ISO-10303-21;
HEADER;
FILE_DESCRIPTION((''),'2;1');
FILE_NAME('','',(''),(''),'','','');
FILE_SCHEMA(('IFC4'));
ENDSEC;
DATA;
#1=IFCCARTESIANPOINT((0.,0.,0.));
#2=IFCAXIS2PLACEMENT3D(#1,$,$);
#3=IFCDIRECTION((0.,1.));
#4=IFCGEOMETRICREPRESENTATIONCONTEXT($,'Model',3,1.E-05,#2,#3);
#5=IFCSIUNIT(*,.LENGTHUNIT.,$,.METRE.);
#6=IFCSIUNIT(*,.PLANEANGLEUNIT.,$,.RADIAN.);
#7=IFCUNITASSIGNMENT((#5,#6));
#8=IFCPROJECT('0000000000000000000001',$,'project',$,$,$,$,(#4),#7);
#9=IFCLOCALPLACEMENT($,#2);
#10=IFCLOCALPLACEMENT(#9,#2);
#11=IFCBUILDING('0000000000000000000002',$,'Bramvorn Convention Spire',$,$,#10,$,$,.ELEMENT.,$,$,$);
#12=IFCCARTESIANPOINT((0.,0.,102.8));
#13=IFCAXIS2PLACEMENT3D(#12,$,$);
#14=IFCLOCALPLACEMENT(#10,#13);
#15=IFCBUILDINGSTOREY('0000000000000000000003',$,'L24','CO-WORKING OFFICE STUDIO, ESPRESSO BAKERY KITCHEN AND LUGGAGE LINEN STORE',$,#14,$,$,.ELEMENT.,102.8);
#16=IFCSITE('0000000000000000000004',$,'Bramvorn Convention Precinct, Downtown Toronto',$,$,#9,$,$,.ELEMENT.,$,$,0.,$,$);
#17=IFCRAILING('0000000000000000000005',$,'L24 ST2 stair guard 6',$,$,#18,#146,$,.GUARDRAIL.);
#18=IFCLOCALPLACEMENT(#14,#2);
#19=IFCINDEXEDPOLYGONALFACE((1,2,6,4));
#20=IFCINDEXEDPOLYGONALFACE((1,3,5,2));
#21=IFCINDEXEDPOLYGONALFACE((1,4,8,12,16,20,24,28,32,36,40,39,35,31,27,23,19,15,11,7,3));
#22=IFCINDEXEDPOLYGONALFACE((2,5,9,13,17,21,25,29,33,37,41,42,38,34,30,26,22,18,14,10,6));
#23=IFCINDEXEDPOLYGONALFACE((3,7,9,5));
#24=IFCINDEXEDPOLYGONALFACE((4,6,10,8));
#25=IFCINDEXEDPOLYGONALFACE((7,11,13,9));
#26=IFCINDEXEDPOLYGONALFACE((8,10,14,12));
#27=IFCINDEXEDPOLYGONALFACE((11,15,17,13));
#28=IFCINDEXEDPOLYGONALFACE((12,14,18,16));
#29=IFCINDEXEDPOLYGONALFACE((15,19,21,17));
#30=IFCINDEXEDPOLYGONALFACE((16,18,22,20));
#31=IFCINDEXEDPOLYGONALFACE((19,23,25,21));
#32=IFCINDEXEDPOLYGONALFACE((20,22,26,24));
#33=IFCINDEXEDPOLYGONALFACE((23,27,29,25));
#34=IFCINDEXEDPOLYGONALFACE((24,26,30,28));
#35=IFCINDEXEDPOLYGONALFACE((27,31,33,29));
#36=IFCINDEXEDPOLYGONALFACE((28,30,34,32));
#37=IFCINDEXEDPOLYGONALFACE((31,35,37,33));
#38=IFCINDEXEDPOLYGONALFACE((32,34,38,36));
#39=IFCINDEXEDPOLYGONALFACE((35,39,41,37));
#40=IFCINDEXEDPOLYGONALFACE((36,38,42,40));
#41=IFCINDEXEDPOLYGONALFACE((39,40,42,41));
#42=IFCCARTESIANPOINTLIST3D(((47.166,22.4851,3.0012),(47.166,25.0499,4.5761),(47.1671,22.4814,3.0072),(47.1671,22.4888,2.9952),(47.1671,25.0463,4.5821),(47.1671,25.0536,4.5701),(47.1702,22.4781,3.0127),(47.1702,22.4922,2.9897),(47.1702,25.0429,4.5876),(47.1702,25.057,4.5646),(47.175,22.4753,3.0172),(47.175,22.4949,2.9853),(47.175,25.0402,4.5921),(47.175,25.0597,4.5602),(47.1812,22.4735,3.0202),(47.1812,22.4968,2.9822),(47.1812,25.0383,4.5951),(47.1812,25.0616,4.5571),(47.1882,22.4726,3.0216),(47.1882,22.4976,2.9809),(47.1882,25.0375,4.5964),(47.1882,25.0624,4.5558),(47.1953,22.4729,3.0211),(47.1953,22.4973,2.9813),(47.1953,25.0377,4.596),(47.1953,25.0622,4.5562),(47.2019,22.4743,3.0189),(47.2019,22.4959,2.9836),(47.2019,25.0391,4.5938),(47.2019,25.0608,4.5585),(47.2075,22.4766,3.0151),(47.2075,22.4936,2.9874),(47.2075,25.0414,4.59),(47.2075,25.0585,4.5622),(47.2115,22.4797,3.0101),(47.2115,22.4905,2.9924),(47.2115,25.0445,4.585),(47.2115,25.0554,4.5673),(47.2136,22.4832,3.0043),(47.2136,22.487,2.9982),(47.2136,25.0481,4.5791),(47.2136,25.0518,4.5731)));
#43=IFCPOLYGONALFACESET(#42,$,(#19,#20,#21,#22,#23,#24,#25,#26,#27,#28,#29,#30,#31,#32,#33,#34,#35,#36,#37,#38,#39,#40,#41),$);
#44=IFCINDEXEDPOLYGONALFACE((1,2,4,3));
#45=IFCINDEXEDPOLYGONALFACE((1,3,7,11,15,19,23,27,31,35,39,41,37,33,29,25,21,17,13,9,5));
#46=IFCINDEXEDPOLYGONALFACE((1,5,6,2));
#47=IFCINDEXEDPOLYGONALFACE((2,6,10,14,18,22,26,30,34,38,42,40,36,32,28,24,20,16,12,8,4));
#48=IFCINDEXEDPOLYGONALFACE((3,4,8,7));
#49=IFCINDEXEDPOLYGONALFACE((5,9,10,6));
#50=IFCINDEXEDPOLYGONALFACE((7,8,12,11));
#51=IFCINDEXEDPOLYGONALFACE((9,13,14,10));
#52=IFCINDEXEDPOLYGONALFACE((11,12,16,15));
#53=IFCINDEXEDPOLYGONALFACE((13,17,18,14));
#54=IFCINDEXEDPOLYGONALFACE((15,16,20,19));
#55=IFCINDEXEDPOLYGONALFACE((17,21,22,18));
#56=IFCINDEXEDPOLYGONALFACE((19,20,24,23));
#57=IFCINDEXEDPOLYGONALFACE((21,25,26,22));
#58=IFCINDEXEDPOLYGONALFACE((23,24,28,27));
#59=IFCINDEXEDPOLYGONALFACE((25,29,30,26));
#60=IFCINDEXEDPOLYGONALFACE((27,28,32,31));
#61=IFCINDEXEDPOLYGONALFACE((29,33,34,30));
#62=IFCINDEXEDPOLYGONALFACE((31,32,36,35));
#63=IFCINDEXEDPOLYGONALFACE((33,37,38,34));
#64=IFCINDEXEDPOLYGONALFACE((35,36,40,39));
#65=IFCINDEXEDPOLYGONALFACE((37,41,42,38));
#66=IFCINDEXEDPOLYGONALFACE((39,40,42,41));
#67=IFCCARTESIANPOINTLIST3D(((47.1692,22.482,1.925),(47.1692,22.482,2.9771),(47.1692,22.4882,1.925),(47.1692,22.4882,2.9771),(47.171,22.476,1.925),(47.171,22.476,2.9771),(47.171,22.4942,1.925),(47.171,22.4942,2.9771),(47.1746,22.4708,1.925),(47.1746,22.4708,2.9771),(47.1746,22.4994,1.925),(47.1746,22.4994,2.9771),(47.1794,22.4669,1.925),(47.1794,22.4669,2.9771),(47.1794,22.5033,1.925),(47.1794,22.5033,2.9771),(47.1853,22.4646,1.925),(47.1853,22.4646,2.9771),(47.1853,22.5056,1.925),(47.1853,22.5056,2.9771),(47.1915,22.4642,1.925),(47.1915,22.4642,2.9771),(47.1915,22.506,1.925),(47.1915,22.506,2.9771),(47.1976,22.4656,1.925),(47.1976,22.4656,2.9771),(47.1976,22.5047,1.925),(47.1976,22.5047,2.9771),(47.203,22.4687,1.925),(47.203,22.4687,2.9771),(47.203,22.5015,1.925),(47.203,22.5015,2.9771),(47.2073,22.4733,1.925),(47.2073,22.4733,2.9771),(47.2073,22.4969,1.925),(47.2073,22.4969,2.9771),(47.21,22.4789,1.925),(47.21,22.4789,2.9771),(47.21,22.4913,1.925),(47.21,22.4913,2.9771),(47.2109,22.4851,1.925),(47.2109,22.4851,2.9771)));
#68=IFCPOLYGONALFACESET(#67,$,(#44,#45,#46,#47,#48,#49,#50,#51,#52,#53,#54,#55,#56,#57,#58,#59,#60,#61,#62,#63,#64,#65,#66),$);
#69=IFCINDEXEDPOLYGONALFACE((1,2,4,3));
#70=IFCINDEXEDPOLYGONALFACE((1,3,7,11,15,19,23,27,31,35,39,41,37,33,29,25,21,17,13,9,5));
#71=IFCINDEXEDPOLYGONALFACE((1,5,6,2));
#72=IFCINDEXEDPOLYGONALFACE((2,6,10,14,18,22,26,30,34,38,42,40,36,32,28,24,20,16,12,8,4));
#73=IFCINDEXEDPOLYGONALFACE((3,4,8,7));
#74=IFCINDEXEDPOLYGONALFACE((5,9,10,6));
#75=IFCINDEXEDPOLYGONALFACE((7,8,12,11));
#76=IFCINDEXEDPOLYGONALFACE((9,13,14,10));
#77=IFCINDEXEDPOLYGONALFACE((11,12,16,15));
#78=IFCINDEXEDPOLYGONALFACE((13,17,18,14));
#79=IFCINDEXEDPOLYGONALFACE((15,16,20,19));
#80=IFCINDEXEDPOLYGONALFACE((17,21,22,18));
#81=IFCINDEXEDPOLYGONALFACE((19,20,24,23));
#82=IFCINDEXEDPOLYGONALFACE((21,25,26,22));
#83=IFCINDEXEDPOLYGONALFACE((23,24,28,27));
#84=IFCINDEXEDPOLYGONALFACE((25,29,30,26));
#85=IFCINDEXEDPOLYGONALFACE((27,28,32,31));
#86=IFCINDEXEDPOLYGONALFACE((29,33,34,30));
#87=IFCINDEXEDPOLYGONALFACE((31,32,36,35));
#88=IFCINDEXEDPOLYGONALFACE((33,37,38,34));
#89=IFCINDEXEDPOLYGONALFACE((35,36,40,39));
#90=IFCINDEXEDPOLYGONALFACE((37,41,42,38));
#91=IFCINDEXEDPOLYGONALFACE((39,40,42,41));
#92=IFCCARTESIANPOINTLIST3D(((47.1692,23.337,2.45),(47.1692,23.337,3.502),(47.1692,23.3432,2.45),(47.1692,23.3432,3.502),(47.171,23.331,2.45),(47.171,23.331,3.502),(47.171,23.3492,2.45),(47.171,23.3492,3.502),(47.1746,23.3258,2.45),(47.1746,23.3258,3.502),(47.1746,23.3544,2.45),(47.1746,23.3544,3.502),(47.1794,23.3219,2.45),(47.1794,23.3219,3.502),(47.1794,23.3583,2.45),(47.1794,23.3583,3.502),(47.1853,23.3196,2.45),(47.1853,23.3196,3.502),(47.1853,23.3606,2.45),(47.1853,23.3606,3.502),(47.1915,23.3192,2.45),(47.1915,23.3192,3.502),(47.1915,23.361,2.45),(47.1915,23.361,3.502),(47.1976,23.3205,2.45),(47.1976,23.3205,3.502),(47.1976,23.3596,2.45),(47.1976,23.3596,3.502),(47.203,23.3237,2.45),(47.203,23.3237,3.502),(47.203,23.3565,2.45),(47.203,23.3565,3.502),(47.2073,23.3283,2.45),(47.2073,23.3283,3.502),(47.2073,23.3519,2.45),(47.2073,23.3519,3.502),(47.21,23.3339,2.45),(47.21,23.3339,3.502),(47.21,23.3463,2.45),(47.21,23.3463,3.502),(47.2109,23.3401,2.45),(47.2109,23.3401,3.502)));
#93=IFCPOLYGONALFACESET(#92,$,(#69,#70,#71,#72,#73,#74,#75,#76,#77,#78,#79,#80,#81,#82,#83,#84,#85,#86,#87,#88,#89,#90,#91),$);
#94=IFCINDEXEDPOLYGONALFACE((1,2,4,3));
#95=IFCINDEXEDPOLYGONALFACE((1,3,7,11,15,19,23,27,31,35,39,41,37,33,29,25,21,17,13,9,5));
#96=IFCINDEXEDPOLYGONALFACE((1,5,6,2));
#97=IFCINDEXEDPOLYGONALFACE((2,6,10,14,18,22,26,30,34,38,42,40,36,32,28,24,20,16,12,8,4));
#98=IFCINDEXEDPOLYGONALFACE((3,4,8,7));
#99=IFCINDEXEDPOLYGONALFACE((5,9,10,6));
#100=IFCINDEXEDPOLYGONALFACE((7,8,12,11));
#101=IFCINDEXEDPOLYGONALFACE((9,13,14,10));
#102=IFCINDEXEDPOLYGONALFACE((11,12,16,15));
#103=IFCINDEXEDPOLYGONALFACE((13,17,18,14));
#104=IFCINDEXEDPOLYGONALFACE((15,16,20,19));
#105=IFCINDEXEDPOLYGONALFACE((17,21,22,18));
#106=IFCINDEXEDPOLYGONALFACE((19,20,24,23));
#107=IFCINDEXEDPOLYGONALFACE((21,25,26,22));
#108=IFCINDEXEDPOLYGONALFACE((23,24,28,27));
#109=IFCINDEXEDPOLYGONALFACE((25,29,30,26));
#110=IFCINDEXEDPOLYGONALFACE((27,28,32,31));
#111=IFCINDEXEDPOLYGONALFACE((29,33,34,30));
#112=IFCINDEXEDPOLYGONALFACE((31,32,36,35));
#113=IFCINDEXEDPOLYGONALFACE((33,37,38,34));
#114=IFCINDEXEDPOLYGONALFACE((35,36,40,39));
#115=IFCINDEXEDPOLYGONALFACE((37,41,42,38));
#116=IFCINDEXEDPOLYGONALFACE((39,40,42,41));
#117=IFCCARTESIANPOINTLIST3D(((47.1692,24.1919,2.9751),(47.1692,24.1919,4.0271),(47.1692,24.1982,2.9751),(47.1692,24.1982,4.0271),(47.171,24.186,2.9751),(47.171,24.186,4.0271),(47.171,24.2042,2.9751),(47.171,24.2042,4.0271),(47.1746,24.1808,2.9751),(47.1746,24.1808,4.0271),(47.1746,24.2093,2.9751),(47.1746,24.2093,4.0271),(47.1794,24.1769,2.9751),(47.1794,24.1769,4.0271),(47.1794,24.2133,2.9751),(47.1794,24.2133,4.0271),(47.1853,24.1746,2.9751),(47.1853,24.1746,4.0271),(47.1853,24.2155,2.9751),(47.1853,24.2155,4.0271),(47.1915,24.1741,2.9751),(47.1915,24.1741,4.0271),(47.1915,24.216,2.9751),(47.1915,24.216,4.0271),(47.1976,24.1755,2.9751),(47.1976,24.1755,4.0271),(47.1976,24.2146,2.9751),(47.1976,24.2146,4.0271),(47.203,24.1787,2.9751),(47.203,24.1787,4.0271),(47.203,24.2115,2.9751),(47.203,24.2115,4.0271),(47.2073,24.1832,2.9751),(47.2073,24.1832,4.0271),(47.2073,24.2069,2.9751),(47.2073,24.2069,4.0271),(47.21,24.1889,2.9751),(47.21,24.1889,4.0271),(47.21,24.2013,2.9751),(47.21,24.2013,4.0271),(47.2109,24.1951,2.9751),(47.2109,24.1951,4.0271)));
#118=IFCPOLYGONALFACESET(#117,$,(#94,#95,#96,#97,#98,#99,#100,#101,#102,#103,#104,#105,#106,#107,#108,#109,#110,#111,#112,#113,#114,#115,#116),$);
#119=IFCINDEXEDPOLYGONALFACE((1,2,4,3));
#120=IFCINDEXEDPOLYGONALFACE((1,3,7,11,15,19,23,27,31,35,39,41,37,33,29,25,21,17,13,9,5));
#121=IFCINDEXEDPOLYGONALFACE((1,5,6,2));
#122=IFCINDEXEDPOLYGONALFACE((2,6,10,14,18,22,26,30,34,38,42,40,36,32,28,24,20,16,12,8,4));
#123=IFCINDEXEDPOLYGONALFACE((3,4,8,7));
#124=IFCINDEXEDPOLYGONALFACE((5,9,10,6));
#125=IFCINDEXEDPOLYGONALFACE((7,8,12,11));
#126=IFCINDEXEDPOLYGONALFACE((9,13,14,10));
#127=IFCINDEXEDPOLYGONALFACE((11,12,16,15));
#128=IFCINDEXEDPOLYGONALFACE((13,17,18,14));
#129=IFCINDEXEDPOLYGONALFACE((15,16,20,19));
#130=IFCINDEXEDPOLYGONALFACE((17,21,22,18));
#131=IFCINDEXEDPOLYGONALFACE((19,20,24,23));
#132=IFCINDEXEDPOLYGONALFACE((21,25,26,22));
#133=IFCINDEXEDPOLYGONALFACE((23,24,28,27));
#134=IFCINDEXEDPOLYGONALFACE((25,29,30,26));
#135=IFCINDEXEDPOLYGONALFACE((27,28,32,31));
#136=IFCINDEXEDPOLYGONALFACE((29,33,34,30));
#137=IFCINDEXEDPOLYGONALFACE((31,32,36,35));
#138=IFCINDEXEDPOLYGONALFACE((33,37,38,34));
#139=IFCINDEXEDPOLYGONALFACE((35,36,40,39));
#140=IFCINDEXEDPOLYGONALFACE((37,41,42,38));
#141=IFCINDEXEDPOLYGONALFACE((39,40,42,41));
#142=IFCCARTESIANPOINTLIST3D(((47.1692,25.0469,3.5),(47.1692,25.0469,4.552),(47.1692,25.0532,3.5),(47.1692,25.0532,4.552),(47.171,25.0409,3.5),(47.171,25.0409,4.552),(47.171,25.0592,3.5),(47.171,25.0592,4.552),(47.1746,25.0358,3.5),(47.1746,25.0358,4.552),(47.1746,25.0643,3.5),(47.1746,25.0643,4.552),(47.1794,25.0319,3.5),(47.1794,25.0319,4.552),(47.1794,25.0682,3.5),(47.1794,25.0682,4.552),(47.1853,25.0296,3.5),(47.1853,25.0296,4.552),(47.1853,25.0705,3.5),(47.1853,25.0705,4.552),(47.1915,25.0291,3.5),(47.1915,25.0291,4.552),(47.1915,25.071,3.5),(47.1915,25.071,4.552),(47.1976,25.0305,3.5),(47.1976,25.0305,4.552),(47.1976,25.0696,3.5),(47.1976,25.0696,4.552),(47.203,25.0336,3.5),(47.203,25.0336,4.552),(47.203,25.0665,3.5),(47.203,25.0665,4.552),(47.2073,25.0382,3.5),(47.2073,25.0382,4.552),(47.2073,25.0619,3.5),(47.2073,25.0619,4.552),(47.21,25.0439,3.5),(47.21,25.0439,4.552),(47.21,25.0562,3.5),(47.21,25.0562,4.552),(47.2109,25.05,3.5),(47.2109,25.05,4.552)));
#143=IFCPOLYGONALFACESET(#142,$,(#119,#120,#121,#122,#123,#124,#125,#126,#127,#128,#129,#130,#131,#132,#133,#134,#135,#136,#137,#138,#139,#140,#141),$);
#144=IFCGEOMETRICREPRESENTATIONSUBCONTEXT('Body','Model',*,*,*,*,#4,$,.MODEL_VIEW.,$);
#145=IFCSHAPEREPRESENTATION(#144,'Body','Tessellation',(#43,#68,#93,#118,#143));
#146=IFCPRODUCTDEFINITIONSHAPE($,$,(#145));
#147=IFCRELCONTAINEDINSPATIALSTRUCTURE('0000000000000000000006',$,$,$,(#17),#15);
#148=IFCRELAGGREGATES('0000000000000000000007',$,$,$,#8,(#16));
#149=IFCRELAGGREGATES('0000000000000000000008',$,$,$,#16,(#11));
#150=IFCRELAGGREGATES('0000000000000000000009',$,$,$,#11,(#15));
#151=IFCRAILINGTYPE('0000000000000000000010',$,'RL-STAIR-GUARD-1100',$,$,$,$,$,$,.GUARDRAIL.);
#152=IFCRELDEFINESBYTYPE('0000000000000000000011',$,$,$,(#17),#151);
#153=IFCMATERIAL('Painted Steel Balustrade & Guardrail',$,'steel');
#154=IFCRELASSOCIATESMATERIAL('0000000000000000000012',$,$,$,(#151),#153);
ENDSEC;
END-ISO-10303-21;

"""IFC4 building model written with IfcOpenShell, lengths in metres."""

from ifc_helpers import new_model, si_unit, direction, frame, origin, origin_2d, place, context, subcontext, project, spatial, circle, extrude, material, type_object, element, save


model = new_model("IFC4")

# Units and contexts
model_context = context("Model", 3, precision=1e-05, world=origin(), true_north=direction((0.0, 1.0)))
body_context = subcontext(model_context, "Body", "Model", "MODEL_VIEW")
ifc_project = project(units=[si_unit("LENGTHUNIT", "METRE"), si_unit("PLANEANGLEUNIT", "RADIAN")], contexts=[model_context])

# Site, building, storey
site_placement = place(None, origin())
site = spatial("IfcSite", under=ifc_project, at=site_placement, Name="Bramvorn Convention Precinct, Downtown Toronto", CompositionType="ELEMENT", RefElevation=0.0)
building_placement = place(site_placement, origin())
building = spatial("IfcBuilding", under=site, at=building_placement, Name="Bramvorn Convention Spire", CompositionType="ELEMENT")
storey_placement = place(building_placement, frame((0.0, 0.0, 102.8)))
storey = spatial("IfcBuildingStorey", under=building, at=storey_placement, Name="L24", Description="CO-WORKING OFFICE STUDIO, ESPRESSO BAKERY KITCHEN AND LUGGAGE LINEN STORE", CompositionType="ELEMENT", Elevation=102.8)

# Railing
ifc_material_1 = material(Name="Painted Steel Balustrade & Guardrail", Category="steel")
railing_type = type_object("IfcRailingType", Name="RL-STAIR-GUARD-1100", PredefinedType="GUARDRAIL", material=ifc_material_1)
railing_1_placement = place(storey_placement, frame((47.1899, 22.4851, 1.925)))
element("IfcRailing", 1, at=railing_1_placement, inside=storey, type_object=railing_type, Name="L24 ST2 stair guard 6", PredefinedType="GUARDRAIL", context=body_context, shape_type="SweptSolid", body=[
    extrude(circle(Radius=0.0239, at=origin_2d()), frame((0.0, 0.0, 1.0762), z_axis=(0.0, 0.852173, 0.52326), x_axis=(-1.0, 0.0, 0.0)), (0.0, 0.0, 1.0), 3.0098),
    extrude(circle(Radius=0.021, at=origin_2d()), origin(), (0.0, 0.0, 1.0), 1.052),
    extrude(circle(Radius=0.021, at=origin_2d()), frame((0.0, 0.855, 0.5249)), (0.0, 0.0, 1.0), 1.052),
    extrude(circle(Radius=0.021, at=origin_2d()), frame((0.0, 1.71, 1.05)), (0.0, 0.0, 1.0), 1.052),
    extrude(circle(Radius=0.021, at=origin_2d()), frame((0.0, 2.5649, 1.575)), (0.0, 0.0, 1.0), 1.052),
])

save(model, "model.ifc")
